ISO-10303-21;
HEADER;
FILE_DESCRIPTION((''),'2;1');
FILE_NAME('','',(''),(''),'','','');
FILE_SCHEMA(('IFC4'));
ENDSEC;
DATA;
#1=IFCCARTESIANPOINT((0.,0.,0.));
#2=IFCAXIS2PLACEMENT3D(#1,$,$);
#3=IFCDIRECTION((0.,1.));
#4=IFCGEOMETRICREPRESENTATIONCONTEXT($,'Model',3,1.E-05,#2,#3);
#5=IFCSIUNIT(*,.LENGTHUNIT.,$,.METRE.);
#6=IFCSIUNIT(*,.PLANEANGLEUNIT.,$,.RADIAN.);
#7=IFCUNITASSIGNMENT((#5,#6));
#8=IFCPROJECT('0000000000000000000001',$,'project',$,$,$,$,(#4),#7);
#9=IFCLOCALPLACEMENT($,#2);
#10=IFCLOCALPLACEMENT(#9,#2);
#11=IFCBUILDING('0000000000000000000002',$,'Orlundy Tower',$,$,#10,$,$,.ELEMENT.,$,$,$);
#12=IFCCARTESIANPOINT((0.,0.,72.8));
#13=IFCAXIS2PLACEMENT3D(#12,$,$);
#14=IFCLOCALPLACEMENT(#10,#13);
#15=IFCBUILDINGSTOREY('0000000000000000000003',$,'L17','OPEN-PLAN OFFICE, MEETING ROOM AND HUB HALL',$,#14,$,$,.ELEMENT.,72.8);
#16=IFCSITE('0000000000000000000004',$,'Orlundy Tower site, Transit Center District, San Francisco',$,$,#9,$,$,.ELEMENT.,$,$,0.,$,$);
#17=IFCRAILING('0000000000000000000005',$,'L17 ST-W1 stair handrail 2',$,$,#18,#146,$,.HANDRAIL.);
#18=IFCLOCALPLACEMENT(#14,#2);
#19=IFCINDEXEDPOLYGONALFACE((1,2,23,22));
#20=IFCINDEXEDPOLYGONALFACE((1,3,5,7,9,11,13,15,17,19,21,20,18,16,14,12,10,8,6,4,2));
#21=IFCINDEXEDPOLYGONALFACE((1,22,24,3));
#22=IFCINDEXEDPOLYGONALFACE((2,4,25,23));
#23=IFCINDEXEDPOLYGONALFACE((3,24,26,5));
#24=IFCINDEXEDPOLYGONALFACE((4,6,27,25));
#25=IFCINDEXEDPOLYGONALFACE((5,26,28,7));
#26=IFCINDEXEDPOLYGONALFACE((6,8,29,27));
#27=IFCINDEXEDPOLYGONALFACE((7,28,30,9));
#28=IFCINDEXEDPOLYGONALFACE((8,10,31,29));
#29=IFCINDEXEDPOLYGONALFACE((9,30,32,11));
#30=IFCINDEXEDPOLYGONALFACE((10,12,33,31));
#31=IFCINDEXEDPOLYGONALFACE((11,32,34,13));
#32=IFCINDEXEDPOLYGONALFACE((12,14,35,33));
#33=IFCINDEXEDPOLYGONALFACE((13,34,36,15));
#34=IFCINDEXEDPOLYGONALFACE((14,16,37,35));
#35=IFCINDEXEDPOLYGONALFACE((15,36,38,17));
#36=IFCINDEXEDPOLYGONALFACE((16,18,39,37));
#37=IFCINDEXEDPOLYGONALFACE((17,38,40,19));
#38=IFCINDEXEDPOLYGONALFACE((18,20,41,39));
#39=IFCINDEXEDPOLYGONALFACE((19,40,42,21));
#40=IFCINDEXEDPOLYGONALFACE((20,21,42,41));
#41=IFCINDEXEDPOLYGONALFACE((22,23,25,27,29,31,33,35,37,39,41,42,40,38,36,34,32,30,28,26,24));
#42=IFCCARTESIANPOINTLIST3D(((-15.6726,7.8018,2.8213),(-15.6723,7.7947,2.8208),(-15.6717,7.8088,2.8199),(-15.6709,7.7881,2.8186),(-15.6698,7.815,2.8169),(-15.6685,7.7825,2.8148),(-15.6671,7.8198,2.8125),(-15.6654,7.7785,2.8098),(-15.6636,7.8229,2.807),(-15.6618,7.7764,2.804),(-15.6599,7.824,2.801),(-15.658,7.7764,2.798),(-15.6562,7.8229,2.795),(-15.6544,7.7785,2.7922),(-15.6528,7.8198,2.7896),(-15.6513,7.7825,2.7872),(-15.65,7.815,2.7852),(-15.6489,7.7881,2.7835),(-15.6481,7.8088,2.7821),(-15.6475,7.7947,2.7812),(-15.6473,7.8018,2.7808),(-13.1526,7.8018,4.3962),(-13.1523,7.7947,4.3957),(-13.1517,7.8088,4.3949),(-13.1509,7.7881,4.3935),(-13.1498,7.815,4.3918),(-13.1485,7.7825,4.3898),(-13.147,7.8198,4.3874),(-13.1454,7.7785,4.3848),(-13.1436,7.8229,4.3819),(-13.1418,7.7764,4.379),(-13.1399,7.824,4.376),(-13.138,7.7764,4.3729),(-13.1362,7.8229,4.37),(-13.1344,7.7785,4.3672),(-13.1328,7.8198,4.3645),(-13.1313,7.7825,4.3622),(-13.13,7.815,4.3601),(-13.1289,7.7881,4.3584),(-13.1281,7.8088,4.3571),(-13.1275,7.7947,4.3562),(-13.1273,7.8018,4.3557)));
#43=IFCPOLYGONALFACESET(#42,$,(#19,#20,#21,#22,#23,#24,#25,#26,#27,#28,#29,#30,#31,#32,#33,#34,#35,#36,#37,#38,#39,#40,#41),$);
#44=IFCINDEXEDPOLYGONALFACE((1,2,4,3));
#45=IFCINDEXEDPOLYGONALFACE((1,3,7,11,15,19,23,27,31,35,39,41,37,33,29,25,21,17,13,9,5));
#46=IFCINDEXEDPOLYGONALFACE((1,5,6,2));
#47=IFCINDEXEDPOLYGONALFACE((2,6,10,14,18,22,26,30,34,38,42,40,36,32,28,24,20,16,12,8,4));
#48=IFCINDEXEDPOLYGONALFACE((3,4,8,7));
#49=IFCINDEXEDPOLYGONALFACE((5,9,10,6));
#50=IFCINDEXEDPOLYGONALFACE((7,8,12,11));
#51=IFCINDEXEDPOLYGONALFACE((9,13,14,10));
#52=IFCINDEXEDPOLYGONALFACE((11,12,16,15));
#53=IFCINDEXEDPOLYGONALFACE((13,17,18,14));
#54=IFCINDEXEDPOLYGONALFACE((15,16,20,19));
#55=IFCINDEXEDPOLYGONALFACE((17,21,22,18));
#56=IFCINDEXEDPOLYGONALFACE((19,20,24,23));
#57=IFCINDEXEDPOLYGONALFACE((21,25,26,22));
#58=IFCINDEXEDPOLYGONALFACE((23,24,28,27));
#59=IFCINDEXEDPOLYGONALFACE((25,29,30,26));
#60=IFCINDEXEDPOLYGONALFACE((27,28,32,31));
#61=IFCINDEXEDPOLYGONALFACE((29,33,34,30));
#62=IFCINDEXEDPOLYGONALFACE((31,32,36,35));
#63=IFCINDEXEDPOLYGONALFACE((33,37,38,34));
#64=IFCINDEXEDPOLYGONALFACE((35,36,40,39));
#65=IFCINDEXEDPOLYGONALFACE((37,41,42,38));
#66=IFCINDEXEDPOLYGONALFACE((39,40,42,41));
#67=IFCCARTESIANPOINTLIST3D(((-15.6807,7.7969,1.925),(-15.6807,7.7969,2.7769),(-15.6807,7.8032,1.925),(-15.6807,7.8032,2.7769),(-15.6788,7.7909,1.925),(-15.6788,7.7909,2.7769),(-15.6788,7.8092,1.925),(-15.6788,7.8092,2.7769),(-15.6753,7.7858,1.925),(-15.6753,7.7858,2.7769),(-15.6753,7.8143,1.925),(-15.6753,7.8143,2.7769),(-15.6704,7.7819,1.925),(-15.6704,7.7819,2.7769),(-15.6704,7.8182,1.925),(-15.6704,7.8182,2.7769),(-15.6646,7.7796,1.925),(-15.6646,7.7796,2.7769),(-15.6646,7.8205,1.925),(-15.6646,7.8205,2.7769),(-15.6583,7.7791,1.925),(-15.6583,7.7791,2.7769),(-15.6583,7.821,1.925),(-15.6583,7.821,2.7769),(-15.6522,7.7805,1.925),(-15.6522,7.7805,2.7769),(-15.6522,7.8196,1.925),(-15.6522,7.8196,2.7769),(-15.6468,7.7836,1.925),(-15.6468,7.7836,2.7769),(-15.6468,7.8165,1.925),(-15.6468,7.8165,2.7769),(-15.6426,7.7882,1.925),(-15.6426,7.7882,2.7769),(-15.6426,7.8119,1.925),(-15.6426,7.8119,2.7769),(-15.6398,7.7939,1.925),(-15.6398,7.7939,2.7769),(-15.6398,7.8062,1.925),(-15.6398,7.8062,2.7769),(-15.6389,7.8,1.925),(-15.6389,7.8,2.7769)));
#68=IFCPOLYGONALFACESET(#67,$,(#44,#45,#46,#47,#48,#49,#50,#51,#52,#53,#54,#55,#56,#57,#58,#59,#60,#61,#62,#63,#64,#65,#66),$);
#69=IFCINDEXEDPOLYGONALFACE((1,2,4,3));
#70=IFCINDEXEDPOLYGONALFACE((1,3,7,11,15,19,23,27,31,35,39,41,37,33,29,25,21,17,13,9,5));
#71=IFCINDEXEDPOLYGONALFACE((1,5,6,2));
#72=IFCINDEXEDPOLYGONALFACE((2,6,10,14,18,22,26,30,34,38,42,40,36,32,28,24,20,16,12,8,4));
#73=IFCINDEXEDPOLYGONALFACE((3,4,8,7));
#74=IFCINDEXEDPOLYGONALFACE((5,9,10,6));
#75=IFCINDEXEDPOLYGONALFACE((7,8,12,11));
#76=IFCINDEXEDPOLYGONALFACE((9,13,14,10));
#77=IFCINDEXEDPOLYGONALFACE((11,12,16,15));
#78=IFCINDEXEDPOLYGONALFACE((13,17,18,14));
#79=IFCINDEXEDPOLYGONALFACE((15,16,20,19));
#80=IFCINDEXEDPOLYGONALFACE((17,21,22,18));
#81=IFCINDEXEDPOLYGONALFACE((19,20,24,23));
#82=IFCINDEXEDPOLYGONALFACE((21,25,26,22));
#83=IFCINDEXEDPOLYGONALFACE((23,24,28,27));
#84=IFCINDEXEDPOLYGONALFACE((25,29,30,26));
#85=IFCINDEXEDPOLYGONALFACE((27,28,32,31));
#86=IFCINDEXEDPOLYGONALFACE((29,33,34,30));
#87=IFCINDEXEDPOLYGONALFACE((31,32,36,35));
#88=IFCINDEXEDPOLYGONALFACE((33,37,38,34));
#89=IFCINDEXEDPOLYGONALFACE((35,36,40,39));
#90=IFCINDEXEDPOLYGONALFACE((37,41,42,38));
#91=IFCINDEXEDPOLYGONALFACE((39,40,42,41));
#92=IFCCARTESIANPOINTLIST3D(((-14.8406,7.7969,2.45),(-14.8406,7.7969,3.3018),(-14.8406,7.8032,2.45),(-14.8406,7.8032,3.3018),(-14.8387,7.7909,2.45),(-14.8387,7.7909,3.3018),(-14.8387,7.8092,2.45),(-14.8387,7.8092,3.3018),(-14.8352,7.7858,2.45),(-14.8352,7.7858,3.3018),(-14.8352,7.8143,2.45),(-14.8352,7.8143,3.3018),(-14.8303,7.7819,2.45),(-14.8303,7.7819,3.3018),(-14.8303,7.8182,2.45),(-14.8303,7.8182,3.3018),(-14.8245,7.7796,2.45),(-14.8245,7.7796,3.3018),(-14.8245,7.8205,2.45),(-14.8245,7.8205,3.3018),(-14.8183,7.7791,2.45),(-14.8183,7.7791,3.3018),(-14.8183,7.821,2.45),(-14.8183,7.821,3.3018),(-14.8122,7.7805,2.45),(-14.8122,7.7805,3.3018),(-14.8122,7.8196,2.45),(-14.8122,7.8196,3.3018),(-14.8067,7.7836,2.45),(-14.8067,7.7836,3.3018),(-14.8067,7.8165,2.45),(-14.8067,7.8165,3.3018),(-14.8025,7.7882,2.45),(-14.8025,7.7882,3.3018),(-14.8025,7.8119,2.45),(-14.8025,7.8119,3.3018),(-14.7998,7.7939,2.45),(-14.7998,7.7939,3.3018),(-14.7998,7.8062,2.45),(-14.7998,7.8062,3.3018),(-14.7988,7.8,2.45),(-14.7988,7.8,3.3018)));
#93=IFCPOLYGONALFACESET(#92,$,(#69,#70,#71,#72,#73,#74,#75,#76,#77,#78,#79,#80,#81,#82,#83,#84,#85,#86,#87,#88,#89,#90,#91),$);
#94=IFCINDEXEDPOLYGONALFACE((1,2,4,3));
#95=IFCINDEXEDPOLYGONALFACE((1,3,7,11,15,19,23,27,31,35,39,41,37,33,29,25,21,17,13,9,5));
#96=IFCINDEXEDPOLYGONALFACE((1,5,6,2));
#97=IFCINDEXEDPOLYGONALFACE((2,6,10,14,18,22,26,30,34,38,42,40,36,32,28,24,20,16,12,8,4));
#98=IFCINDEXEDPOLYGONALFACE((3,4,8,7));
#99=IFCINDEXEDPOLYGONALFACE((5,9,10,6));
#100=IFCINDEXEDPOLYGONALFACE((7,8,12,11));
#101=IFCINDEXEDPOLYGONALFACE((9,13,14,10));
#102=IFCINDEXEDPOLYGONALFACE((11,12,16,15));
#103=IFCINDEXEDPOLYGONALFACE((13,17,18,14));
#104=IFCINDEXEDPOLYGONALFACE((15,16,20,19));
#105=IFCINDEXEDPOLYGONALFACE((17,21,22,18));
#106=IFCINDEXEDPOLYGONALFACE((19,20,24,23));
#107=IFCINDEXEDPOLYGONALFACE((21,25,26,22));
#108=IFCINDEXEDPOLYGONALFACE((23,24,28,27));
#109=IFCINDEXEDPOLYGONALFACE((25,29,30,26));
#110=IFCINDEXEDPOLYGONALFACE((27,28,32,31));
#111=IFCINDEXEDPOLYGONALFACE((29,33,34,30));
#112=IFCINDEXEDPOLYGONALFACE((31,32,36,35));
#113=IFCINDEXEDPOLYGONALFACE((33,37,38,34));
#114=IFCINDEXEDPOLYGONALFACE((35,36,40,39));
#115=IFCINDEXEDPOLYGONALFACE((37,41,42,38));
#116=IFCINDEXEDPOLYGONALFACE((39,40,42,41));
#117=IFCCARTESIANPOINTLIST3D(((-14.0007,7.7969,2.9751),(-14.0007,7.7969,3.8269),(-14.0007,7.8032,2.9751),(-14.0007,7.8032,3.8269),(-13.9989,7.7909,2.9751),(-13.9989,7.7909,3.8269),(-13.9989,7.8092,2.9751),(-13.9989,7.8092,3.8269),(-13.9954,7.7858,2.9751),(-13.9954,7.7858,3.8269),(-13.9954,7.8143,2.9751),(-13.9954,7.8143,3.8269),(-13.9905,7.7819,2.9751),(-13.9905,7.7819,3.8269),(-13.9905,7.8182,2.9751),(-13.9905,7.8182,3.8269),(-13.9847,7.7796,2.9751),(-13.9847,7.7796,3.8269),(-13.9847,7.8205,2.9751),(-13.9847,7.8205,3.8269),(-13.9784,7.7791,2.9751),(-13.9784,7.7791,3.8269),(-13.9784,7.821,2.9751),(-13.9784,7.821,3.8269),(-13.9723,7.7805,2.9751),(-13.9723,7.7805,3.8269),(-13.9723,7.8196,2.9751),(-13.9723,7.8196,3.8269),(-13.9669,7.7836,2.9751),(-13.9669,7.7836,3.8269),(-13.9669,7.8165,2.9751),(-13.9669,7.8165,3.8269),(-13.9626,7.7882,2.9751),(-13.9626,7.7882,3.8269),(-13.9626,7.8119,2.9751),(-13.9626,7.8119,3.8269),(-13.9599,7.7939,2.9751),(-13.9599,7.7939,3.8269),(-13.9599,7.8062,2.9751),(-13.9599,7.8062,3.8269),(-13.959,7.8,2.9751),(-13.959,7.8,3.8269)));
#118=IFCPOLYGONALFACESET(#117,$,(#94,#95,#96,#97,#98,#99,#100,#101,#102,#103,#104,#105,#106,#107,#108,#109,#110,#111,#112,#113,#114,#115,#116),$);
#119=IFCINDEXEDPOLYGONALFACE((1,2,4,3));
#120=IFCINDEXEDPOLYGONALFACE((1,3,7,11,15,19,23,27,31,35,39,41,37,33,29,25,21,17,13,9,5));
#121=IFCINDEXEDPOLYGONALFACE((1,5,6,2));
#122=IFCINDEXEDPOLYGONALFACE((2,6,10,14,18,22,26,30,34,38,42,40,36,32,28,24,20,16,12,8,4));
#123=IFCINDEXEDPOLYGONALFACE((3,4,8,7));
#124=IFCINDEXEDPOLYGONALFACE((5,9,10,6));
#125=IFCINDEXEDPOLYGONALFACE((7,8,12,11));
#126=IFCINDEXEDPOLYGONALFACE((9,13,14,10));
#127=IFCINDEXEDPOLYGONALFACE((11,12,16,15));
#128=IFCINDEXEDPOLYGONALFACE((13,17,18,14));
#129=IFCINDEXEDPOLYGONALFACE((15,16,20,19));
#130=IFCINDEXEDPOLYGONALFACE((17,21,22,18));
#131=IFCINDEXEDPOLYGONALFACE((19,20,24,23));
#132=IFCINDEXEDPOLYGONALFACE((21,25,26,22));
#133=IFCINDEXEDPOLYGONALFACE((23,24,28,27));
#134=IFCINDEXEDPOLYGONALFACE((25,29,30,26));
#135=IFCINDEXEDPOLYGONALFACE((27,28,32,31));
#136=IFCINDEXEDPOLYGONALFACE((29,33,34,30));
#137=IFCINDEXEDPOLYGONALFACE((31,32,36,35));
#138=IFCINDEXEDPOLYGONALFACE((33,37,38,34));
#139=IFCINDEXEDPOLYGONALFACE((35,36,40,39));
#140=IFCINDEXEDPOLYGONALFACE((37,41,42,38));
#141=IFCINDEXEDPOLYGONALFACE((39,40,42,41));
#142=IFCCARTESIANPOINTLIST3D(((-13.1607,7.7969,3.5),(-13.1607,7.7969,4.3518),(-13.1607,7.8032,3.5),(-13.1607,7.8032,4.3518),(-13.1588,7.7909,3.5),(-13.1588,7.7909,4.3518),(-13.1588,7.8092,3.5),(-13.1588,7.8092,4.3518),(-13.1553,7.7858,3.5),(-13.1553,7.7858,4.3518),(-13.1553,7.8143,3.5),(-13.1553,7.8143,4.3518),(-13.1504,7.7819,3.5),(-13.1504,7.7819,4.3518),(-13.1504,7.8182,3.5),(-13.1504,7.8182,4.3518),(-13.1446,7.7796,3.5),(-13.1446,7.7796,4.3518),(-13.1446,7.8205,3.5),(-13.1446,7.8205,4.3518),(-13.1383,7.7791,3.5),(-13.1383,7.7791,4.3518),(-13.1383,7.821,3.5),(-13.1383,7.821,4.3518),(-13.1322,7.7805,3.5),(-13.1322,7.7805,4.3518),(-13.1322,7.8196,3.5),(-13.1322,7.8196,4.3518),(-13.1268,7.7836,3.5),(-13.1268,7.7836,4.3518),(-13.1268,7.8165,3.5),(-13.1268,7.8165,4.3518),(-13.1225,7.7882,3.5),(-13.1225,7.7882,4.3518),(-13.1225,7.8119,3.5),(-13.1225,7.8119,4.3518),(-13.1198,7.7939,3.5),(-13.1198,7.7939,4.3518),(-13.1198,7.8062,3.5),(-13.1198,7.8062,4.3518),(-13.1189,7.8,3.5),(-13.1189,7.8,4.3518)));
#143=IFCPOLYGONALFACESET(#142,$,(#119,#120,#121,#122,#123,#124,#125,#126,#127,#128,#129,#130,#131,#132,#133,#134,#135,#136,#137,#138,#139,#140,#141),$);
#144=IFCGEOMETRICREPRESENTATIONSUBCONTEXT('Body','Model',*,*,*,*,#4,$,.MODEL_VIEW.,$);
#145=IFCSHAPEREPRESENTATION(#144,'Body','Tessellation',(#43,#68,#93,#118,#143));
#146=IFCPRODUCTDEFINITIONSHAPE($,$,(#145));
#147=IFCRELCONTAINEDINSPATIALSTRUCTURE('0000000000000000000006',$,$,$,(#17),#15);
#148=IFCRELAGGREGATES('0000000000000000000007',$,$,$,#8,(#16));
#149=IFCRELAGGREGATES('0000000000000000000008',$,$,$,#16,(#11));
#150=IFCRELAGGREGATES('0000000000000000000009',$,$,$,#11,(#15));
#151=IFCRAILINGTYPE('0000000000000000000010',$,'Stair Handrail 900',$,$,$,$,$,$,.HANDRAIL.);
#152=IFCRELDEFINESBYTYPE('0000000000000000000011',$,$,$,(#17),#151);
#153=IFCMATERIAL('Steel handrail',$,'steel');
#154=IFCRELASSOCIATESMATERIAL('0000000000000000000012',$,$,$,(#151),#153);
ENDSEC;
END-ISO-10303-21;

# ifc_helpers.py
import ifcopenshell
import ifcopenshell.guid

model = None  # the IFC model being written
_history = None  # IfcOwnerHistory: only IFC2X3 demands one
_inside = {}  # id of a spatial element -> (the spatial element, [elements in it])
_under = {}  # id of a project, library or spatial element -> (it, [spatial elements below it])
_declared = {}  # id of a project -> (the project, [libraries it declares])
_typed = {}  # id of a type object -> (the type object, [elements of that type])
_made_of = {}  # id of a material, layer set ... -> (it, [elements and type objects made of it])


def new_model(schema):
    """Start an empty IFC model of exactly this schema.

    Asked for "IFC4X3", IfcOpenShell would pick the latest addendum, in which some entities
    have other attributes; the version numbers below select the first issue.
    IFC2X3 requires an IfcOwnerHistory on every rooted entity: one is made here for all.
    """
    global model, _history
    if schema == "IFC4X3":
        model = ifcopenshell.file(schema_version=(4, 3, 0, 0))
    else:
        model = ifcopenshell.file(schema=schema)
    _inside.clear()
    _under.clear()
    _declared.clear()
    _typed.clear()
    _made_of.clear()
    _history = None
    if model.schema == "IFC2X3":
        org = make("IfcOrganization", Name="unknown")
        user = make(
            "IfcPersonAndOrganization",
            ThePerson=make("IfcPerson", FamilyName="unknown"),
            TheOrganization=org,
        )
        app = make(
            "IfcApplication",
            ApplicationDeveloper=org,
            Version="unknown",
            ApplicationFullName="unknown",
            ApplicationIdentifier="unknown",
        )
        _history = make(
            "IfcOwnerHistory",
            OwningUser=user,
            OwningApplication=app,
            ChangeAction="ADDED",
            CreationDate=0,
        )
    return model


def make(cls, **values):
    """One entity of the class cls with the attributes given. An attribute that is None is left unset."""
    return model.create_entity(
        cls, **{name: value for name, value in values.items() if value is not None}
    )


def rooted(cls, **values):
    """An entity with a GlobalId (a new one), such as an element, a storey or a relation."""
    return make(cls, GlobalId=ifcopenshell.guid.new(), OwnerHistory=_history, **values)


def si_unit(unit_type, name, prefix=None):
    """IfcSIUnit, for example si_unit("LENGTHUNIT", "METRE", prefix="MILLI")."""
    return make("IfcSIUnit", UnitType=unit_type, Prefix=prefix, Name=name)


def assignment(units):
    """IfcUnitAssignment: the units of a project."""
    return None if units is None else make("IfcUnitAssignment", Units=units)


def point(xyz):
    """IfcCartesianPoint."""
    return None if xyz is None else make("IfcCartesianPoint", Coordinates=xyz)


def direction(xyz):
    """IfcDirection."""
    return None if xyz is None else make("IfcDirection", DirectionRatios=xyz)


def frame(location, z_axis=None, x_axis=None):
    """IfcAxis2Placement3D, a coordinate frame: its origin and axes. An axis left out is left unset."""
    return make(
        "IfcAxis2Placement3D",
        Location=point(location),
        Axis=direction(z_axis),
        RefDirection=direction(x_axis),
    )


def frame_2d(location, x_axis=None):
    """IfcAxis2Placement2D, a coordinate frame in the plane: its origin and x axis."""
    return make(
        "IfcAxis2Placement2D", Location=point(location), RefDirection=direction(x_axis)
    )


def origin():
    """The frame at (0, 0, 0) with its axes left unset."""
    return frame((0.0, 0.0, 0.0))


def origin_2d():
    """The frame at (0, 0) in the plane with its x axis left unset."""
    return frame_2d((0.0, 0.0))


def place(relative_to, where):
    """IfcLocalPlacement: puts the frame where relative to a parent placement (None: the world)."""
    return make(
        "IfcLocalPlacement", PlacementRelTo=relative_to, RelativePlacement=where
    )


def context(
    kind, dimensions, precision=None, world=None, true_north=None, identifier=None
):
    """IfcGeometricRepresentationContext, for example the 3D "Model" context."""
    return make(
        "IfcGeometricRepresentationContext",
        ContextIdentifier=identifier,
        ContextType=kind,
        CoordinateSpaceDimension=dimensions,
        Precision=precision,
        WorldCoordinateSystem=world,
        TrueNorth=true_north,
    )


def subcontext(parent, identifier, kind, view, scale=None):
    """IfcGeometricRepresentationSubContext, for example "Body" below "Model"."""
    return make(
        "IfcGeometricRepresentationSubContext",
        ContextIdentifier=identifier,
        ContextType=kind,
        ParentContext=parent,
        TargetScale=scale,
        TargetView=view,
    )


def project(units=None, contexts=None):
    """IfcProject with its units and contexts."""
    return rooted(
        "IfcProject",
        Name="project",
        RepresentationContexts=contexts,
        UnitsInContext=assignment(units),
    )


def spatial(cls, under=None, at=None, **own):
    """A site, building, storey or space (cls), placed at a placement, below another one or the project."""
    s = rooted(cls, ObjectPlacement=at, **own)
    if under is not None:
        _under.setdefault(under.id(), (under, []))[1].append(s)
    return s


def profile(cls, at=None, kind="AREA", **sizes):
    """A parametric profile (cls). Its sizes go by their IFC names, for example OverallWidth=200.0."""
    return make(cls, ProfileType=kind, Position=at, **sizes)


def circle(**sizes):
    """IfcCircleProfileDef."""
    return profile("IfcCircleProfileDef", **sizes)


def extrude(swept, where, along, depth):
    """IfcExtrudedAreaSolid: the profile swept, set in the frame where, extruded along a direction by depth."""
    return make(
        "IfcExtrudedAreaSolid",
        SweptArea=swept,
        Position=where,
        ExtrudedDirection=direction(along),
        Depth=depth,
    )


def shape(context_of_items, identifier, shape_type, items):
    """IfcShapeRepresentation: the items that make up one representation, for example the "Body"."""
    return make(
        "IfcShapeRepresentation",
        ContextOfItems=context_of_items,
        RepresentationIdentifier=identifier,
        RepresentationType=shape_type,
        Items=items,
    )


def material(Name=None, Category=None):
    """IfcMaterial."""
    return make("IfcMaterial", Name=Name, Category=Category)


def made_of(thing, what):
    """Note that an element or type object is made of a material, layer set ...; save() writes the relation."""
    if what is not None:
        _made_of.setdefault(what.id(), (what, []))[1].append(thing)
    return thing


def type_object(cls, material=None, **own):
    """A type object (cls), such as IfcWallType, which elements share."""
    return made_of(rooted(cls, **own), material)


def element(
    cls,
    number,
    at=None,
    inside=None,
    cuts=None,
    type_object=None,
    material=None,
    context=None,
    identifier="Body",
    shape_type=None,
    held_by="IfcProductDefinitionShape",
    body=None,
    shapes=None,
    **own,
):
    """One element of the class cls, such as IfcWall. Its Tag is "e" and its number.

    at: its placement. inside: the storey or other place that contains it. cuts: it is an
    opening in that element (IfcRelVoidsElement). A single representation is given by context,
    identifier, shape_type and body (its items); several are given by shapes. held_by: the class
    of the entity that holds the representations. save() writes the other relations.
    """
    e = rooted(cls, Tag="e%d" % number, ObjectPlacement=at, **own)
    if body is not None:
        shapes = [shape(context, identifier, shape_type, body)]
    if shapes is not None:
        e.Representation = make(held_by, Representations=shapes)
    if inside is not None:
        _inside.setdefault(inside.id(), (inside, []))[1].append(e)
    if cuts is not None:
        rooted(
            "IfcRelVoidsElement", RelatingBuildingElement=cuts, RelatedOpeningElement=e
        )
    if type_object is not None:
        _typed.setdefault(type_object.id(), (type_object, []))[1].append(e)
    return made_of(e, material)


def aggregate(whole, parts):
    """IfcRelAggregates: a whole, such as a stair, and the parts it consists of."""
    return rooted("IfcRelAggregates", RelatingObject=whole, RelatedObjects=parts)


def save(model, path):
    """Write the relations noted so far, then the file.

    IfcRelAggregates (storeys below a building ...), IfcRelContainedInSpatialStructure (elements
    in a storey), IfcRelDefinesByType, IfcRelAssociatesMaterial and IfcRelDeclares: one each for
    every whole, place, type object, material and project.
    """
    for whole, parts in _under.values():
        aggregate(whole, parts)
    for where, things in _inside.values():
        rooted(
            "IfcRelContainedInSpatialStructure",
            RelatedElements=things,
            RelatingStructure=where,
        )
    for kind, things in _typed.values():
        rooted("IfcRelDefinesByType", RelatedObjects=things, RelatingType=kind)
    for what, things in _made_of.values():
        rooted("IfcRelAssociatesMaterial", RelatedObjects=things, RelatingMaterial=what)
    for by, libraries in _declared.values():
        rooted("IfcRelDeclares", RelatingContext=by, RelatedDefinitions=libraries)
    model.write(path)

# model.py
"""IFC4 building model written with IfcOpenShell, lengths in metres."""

from ifc_helpers import new_model, si_unit, direction, frame, origin, origin_2d, place, context, subcontext, project, spatial, circle, extrude, material, type_object, element, save


model = new_model("IFC4")

# Units and contexts
model_context = context("Model", 3, precision=1e-05, world=origin(), true_north=direction((0.0, 1.0)))
body_context = subcontext(model_context, "Body", "Model", "MODEL_VIEW")
ifc_project = project(units=[si_unit("LENGTHUNIT", "METRE"), si_unit("PLANEANGLEUNIT", "RADIAN")], contexts=[model_context])

# Site, building, storey
site_placement = place(None, origin())
site = spatial("IfcSite", under=ifc_project, at=site_placement, Name="Orlundy Tower site, Transit Center District, San Francisco", CompositionType="ELEMENT", RefElevation=0.0)
building_placement = place(site_placement, origin())
building = spatial("IfcBuilding", under=site, at=building_placement, Name="Orlundy Tower", CompositionType="ELEMENT")
storey_placement = place(building_placement, frame((0.0, 0.0, 72.8)))
storey = spatial("IfcBuildingStorey", under=building, at=storey_placement, Name="L17", Description="OPEN-PLAN OFFICE, MEETING ROOM AND HUB HALL", CompositionType="ELEMENT", Elevation=72.8)

# Railing
ifc_material_1 = material(Name="Steel handrail", Category="steel")
railing_type = type_object("IfcRailingType", Name="Stair Handrail 900", PredefinedType="HANDRAIL", material=ifc_material_1)
railing_placement = place(storey_placement, frame((-15.6599, 7.8, 1.925)))
element("IfcRailing", 1, at=railing_placement, inside=storey, type_object=railing_type, Name="L17 ST-W1 stair handrail 2", PredefinedType="HANDRAIL", context=body_context, shape_type="SweptSolid", body=[
    extrude(circle(Radius=0.0239, at=origin_2d()), frame((0.0, 0.0, 0.876), z_axis=(0.848008, 0.0, 0.529984), x_axis=(0.0, 1.0, 0.0)), (0.0, 0.0, 1.0), 2.9717),
    extrude(circle(Radius=0.021, at=origin_2d()), origin(), (0.0, 0.0, 1.0), 0.8518),
    extrude(circle(Radius=0.021, at=origin_2d()), frame((0.8401, 0.0, 0.5249)), (0.0, 0.0, 1.0), 0.8518),
    extrude(circle(Radius=0.021, at=origin_2d()), frame((1.6799, 0.0, 1.05)), (0.0, 0.0, 1.0), 0.8518),
    extrude(circle(Radius=0.021, at=origin_2d()), frame((2.52, 0.0, 1.575)), (0.0, 0.0, 1.0), 0.8518),
])

save(model, "model.ifc")
